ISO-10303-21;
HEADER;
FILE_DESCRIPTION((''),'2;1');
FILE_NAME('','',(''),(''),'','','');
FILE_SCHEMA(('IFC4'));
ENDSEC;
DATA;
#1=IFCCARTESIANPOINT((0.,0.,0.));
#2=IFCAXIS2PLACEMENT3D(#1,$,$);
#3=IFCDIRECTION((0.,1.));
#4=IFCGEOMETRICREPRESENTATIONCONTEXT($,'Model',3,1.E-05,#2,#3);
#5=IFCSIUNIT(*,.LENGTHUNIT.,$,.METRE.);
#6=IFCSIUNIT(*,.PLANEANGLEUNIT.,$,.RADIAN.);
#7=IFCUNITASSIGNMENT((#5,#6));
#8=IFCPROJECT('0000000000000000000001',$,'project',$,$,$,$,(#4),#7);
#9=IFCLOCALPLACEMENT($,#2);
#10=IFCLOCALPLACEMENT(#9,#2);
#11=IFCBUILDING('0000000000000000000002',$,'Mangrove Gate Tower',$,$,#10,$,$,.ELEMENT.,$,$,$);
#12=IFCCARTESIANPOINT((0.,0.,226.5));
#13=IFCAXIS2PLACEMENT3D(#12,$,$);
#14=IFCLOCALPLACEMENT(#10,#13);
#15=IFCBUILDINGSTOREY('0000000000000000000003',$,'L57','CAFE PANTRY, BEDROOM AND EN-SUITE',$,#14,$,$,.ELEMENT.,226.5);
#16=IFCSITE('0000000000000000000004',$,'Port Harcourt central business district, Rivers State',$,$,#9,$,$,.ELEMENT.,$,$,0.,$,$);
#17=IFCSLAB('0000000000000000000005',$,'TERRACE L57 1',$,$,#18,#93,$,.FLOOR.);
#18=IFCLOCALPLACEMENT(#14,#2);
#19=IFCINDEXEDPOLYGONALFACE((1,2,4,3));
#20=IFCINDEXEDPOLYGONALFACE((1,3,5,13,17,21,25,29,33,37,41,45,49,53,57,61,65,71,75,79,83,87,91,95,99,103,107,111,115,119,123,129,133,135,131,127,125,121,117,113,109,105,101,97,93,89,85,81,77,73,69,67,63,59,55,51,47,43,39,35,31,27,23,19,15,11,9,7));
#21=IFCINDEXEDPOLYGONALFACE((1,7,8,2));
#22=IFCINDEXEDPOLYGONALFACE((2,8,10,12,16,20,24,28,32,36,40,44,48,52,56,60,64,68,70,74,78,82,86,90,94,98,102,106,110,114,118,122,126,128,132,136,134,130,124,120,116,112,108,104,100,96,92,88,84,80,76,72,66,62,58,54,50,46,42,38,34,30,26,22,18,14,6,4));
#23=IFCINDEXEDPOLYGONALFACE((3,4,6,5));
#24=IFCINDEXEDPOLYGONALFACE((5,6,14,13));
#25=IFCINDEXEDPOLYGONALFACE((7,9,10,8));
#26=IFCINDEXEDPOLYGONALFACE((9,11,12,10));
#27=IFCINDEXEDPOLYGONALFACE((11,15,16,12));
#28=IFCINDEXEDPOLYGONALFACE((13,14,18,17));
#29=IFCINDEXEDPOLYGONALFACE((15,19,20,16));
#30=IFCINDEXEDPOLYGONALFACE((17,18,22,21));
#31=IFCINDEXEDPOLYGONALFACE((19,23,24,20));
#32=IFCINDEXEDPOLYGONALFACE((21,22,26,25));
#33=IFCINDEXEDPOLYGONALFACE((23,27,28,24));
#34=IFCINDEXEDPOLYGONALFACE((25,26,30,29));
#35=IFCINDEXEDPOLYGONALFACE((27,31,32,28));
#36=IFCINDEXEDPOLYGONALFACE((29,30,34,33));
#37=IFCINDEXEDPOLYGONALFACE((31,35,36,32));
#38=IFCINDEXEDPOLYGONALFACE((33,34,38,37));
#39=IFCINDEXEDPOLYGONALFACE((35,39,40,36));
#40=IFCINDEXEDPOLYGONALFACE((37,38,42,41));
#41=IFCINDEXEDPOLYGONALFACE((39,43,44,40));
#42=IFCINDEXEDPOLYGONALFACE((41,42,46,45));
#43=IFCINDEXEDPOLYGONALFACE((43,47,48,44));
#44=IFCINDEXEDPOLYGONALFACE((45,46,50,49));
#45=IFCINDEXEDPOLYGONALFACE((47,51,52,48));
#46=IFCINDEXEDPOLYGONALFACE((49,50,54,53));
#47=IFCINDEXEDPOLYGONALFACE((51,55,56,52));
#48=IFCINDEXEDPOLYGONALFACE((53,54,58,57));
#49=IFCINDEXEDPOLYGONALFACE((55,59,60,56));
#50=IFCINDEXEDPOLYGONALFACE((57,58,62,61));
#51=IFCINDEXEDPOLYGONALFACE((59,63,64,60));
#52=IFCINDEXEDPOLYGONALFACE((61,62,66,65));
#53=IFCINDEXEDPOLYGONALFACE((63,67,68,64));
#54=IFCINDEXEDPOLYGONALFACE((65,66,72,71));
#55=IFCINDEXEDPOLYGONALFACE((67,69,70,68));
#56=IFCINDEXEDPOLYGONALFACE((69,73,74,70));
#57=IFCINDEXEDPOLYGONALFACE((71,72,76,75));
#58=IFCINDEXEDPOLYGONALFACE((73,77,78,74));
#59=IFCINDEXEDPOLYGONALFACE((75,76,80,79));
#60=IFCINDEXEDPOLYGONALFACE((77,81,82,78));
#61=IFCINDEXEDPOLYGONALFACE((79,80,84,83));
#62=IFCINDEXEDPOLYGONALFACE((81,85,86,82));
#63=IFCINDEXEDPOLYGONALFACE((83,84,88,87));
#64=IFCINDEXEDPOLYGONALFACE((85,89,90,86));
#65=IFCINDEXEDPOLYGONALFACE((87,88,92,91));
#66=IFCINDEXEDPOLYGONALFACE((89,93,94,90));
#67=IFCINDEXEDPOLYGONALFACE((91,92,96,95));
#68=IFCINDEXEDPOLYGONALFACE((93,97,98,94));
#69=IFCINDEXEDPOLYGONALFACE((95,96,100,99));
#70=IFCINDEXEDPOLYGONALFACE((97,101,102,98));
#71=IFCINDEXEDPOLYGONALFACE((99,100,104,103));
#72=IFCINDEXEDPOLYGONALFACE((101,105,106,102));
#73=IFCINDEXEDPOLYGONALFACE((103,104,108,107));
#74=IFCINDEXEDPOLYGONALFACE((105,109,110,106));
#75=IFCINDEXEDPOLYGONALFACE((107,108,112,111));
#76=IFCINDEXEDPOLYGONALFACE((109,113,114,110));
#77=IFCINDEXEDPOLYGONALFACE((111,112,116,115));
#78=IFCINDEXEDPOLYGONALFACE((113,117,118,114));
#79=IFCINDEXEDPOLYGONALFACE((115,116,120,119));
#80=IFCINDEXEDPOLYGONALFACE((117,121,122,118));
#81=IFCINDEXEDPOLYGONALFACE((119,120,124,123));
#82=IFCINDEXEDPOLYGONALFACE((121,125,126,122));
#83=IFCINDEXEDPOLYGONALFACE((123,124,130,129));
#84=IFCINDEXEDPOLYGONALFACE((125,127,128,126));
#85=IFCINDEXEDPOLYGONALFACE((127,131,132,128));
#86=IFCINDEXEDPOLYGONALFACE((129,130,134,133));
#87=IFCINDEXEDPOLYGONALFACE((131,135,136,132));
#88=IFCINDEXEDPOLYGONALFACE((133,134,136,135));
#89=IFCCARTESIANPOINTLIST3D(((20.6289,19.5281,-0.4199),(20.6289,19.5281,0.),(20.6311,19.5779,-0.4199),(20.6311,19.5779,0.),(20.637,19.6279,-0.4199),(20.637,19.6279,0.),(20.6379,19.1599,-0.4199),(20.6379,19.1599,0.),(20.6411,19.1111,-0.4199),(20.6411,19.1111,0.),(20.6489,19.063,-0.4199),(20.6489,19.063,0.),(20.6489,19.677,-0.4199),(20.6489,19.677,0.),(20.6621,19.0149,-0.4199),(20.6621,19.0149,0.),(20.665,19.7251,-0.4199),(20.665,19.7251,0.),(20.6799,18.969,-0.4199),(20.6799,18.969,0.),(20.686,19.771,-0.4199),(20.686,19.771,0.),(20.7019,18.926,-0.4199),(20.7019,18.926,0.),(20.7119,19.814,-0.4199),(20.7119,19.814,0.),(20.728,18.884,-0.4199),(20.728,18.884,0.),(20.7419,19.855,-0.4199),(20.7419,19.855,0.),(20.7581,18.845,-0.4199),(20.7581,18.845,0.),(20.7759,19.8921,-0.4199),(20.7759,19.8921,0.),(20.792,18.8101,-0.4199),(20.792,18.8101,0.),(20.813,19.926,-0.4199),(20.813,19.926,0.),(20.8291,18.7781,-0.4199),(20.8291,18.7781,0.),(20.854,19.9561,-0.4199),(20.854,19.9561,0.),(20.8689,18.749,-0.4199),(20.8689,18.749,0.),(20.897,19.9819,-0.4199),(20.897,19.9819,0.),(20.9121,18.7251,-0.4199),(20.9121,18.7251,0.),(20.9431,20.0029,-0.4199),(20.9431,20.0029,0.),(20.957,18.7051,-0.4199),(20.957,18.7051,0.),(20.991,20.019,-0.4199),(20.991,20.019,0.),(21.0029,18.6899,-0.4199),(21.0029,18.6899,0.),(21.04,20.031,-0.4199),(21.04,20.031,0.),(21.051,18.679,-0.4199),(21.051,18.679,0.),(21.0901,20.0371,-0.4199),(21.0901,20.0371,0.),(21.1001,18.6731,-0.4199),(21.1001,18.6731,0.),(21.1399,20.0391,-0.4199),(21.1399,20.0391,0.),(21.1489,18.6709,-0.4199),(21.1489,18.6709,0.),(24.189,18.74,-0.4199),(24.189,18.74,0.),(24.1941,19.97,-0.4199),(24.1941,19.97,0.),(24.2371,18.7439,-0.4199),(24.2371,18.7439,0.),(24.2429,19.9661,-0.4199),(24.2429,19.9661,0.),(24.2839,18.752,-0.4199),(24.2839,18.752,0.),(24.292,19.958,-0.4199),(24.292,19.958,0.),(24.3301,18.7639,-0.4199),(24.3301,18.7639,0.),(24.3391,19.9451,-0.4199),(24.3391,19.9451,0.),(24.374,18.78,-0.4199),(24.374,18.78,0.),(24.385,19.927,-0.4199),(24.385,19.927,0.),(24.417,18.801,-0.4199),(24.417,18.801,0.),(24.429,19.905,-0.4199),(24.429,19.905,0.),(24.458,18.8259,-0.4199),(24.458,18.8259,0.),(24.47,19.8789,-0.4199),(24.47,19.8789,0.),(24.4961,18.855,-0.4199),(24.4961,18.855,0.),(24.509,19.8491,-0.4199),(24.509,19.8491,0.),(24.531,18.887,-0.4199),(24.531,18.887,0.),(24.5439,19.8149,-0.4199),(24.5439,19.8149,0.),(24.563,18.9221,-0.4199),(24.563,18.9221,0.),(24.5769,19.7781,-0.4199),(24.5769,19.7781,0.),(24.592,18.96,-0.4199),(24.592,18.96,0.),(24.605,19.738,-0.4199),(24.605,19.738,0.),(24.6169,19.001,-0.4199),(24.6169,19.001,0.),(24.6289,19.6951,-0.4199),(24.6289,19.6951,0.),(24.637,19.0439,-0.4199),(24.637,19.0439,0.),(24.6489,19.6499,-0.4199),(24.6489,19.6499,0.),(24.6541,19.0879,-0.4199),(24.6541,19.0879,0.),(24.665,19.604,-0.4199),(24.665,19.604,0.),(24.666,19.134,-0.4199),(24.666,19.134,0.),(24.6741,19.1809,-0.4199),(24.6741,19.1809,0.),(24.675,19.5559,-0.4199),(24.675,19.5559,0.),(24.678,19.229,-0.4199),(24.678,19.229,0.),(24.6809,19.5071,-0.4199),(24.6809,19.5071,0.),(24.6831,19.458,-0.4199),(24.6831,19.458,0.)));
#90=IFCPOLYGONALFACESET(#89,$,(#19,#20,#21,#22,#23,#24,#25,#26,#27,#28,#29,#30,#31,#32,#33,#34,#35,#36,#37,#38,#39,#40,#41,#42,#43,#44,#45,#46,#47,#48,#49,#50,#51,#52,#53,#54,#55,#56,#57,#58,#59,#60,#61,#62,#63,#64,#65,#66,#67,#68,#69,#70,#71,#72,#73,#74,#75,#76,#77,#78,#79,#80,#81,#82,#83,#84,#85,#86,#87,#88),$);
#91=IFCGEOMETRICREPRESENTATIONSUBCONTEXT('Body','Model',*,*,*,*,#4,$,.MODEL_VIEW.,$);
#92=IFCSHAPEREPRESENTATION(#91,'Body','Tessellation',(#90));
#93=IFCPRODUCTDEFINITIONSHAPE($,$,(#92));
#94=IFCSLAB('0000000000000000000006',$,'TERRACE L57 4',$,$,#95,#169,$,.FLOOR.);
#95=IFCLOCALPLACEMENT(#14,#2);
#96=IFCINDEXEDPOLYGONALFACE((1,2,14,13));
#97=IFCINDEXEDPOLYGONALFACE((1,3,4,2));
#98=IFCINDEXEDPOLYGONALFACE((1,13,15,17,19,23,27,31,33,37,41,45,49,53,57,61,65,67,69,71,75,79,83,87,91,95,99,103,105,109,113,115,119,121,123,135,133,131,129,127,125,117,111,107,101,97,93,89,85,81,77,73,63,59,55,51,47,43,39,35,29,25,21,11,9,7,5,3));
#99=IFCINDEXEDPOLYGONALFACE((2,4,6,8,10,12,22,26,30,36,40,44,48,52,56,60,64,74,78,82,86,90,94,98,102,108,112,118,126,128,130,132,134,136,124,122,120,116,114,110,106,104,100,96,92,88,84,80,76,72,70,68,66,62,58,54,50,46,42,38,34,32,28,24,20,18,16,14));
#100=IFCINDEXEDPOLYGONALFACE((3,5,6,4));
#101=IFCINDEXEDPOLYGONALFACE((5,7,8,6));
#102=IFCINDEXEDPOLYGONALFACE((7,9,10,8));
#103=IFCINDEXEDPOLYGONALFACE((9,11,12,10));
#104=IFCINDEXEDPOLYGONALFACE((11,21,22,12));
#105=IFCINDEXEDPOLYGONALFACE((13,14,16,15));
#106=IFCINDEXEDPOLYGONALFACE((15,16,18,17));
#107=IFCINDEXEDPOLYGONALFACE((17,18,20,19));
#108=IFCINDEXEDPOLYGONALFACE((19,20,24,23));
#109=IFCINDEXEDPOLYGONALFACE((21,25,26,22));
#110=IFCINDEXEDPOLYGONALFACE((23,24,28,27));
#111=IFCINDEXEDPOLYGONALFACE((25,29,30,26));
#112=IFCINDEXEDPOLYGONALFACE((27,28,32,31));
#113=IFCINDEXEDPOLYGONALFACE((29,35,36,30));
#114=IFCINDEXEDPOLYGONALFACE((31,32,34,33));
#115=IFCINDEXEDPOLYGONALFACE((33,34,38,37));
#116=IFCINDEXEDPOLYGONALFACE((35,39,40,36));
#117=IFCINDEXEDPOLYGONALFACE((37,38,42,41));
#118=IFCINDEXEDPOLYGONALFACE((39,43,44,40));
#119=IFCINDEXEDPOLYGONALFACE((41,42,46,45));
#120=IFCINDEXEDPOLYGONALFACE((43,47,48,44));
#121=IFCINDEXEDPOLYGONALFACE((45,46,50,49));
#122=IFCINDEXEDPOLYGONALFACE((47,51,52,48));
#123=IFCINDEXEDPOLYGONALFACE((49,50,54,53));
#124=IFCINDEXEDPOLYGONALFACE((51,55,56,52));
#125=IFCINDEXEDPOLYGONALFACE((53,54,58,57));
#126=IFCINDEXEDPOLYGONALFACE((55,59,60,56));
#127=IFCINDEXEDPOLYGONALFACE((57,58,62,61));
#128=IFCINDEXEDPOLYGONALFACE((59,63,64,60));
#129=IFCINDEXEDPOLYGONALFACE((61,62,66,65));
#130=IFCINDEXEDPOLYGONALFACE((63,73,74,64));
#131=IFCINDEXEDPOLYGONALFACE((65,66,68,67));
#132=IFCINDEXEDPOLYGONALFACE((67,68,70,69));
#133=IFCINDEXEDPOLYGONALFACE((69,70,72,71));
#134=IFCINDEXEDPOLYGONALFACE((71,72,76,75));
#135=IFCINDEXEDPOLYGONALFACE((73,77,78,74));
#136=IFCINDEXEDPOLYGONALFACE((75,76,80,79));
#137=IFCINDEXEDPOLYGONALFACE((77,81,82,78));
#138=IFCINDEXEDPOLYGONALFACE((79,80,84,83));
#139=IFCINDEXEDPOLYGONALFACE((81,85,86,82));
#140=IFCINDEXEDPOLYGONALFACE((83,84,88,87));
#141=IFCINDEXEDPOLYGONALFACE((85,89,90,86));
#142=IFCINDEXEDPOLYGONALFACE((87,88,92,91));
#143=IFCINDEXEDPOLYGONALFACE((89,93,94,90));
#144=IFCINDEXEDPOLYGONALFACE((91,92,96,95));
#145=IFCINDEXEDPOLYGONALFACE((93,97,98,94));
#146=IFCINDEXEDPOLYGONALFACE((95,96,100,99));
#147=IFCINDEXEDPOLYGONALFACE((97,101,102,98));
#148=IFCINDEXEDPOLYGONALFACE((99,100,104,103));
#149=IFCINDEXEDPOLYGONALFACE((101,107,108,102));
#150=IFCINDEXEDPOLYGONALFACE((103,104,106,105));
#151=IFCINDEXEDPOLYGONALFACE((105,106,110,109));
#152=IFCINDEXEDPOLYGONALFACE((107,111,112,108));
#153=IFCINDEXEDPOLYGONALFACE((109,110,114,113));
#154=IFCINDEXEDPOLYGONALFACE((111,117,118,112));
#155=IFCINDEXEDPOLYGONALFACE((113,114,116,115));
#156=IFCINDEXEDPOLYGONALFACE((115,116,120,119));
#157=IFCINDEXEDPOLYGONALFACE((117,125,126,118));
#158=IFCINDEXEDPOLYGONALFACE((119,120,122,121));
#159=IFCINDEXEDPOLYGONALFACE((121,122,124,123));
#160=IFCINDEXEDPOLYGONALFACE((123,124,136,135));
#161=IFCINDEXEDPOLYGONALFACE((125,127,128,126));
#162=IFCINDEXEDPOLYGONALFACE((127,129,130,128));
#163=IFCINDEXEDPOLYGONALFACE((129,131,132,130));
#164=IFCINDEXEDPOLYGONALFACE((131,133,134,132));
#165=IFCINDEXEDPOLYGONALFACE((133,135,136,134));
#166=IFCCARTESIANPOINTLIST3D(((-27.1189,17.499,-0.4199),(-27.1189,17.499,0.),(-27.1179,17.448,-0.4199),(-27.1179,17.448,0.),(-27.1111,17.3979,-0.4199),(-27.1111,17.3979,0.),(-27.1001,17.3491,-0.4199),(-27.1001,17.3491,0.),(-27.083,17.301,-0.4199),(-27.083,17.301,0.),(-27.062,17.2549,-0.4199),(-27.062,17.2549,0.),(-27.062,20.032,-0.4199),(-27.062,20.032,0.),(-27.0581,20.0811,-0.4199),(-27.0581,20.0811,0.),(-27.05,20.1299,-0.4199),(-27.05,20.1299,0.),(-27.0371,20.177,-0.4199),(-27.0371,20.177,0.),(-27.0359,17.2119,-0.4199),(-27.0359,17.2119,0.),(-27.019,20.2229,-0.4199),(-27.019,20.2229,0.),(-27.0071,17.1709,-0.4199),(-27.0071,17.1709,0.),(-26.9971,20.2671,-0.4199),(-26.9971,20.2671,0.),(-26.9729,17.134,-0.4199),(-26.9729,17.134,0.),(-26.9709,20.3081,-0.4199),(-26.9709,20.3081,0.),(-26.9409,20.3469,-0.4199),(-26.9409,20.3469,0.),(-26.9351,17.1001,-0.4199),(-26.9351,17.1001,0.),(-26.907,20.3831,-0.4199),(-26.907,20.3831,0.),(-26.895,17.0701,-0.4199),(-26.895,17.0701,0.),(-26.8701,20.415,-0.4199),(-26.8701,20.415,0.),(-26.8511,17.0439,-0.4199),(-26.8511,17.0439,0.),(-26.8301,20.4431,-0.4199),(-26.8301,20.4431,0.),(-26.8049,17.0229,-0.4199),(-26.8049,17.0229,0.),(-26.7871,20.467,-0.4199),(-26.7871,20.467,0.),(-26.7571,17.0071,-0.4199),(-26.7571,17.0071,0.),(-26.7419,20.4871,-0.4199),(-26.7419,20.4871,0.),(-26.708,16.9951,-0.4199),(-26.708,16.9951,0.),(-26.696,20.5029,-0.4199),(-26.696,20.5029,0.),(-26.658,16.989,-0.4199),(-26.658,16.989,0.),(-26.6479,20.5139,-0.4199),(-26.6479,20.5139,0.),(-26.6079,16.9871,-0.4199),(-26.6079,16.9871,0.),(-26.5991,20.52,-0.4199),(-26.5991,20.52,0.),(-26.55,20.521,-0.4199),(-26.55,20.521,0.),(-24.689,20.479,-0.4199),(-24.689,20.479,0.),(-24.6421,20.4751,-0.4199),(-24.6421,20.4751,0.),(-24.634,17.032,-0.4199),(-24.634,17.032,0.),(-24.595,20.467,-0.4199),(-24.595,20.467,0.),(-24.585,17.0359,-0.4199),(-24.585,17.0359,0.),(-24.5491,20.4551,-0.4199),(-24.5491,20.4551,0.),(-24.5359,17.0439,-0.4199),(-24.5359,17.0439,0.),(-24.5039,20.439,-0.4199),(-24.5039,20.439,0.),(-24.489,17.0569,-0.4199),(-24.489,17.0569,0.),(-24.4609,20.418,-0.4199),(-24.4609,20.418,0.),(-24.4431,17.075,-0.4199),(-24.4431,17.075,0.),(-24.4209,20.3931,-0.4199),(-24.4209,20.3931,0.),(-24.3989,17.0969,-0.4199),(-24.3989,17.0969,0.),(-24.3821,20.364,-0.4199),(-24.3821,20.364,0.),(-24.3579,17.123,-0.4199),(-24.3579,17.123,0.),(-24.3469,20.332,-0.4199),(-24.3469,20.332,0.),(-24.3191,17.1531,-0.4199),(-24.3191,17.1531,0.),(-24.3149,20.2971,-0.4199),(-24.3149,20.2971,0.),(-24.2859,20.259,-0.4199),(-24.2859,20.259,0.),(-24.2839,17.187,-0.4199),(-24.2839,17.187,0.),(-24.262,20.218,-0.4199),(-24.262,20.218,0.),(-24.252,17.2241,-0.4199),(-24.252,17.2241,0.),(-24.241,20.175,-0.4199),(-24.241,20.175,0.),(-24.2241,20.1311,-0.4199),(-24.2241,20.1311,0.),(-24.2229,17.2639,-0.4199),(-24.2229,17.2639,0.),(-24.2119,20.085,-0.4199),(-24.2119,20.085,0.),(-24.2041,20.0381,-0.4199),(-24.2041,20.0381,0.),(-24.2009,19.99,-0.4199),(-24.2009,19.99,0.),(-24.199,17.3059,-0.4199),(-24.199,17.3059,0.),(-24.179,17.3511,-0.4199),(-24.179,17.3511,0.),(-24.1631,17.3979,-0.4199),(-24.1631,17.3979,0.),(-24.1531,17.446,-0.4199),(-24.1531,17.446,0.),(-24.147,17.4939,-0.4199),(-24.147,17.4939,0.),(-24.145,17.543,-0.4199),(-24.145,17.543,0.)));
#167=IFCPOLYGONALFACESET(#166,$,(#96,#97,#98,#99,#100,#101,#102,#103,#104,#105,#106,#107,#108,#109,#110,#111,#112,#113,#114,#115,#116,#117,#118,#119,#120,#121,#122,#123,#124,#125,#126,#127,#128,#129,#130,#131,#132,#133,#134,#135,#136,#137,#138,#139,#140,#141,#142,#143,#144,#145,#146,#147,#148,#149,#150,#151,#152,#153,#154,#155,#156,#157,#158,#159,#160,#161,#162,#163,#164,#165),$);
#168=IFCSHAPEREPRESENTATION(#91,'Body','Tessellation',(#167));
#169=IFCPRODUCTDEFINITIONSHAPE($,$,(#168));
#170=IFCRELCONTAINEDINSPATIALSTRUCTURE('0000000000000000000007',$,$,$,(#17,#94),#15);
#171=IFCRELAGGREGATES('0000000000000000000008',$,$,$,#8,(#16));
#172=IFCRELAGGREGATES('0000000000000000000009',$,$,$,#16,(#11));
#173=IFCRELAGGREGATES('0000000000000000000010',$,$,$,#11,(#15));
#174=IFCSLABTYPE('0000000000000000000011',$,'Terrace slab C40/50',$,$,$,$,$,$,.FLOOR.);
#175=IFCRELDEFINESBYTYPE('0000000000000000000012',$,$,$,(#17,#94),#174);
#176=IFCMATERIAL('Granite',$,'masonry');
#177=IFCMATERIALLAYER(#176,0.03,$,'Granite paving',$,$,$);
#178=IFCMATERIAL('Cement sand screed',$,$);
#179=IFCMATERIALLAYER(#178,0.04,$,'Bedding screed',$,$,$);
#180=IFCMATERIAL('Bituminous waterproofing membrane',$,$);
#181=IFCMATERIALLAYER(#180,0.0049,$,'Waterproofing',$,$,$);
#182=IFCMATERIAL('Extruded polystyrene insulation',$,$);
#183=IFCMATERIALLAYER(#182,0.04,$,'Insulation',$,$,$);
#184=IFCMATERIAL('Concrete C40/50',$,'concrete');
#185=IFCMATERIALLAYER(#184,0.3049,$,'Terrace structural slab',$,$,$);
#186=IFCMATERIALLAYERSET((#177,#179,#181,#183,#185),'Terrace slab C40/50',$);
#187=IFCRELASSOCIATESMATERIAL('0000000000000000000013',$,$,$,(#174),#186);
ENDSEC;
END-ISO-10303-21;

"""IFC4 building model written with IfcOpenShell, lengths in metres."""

from ifc_helpers import new_model, si_unit, direction, frame, origin, place, context, subcontext, project, spatial, polyline, outline, extrude, material, layer, layer_set, type_object, element, save


model = new_model("IFC4")

# Units and contexts
model_context = context("Model", 3, precision=1e-05, world=origin(), true_north=direction((0.0, 1.0)))
body_context = subcontext(model_context, "Body", "Model", "MODEL_VIEW")
ifc_project = project(units=[si_unit("LENGTHUNIT", "METRE"), si_unit("PLANEANGLEUNIT", "RADIAN")], contexts=[model_context])

# Site, building, storey
site_placement = place(None, origin())
site = spatial("IfcSite", under=ifc_project, at=site_placement, Name="Port Harcourt central business district, Rivers State", CompositionType="ELEMENT", RefElevation=0.0)
building_placement = place(site_placement, origin())
building = spatial("IfcBuilding", under=site, at=building_placement, Name="Mangrove Gate Tower", CompositionType="ELEMENT")
storey_placement = place(building_placement, frame((0.0, 0.0, 226.5)))
storey = spatial("IfcBuildingStorey", under=building, at=storey_placement, Name="L57", Description="CAFE PANTRY, BEDROOM AND EN-SUITE", CompositionType="ELEMENT", Elevation=226.5)

# Shared definitions
ifc_material_1 = material(Name="Cement sand screed")
ifc_material_2 = material(Name="Bituminous waterproofing membrane")
ifc_material_3 = material(Name="Concrete C40/50", Category="concrete")

# Slabs
ifc_material_4 = material(Name="Granite", Category="masonry")
ifc_layer_1 = layer(ifc_material_4, 0.03, Name="Granite paving")
ifc_layer_2 = layer(ifc_material_1, 0.04, Name="Bedding screed")
ifc_layer_3 = layer(ifc_material_2, 0.0049, Name="Waterproofing")
ifc_material_5 = material(Name="Extruded polystyrene insulation")
ifc_layer_4 = layer(ifc_material_5, 0.04, Name="Insulation")
ifc_layer_5 = layer(ifc_material_3, 0.3049, Name="Terrace structural slab")
ifc_layer_set_1 = layer_set([ifc_layer_1, ifc_layer_2, ifc_layer_3, ifc_layer_4, ifc_layer_5], Name="Terrace slab C40/50")
slab_type_1 = type_object("IfcSlabType", Name="Terrace slab C40/50", PredefinedType="FLOOR", material=ifc_layer_set_1)
slab_1_placement = place(storey_placement, frame((0.0, 0.0, -0.4199)))
element("IfcSlab", 1, at=slab_1_placement, inside=storey, type_object=slab_type_1, Name="TERRACE L57 1", PredefinedType="FLOOR", context=body_context, shape_type="SweptSolid", body=[
    extrude(outline(polyline([(24.1941, 19.97), (21.1399, 20.0391), (21.0901, 20.0371), (21.04, 20.031), (20.991, 20.019), (20.9431, 20.0029), (20.897, 19.9819), (20.854, 19.9561), (20.813, 19.926), (20.7759, 19.8921), (20.7419, 19.855), (20.7119, 19.814), (20.686, 19.771), (20.665, 19.7251), (20.6489, 19.677), (20.637, 19.6279), (20.6311, 19.5779), (20.6289, 19.5281), (20.6379, 19.1599), (20.6411, 19.1111), (20.6489, 19.063), (20.6621, 19.0149), (20.6799, 18.969), (20.7019, 18.926), (20.728, 18.884), (20.7581, 18.845), (20.792, 18.8101), (20.8291, 18.7781), (20.8689, 18.749), (20.9121, 18.7251), (20.957, 18.7051), (21.0029, 18.6899), (21.051, 18.679), (21.1001, 18.6731), (21.1489, 18.6709), (24.189, 18.74), (24.2371, 18.7439), (24.2839, 18.752), (24.3301, 18.7639), (24.374, 18.78), (24.417, 18.801), (24.458, 18.8259), (24.4961, 18.855), (24.531, 18.887), (24.563, 18.9221), (24.592, 18.96), (24.6169, 19.001), (24.637, 19.0439), (24.6541, 19.0879), (24.666, 19.134), (24.6741, 19.1809), (24.678, 19.229), (24.6831, 19.458), (24.6809, 19.5071), (24.675, 19.5559), (24.665, 19.604), (24.6489, 19.6499), (24.6289, 19.6951), (24.605, 19.738), (24.5769, 19.7781), (24.5439, 19.8149), (24.509, 19.8491), (24.47, 19.8789), (24.429, 19.905), (24.385, 19.927), (24.3391, 19.9451), (24.292, 19.958), (24.2429, 19.9661), (24.1941, 19.97)])), origin(), (0.0, 0.0, 1.0), 0.4199),
])
slab_2_placement = place(storey_placement, frame((0.0, 0.0, -0.4199)))
element("IfcSlab", 2, at=slab_2_placement, inside=storey, type_object=slab_type_1, Name="TERRACE L57 4", PredefinedType="FLOOR", context=body_context, shape_type="SweptSolid", body=[
    extrude(outline(polyline([(-27.062, 20.032), (-27.1189, 17.499), (-27.1179, 17.448), (-27.1111, 17.3979), (-27.1001, 17.3491), (-27.083, 17.301), (-27.062, 17.2549), (-27.0359, 17.2119), (-27.0071, 17.1709), (-26.9729, 17.134), (-26.9351, 17.1001), (-26.895, 17.0701), (-26.8511, 17.0439), (-26.8049, 17.0229), (-26.7571, 17.0071), (-26.708, 16.9951), (-26.658, 16.989), (-26.6079, 16.9871), (-24.634, 17.032), (-24.585, 17.0359), (-24.5359, 17.0439), (-24.489, 17.0569), (-24.4431, 17.075), (-24.3989, 17.0969), (-24.3579, 17.123), (-24.3191, 17.1531), (-24.2839, 17.187), (-24.252, 17.2241), (-24.2229, 17.2639), (-24.199, 17.3059), (-24.179, 17.3511), (-24.1631, 17.3979), (-24.1531, 17.446), (-24.147, 17.4939), (-24.145, 17.543), (-24.2009, 19.99), (-24.2041, 20.0381), (-24.2119, 20.085), (-24.2241, 20.1311), (-24.241, 20.175), (-24.262, 20.218), (-24.2859, 20.259), (-24.3149, 20.2971), (-24.3469, 20.332), (-24.3821, 20.364), (-24.4209, 20.3931), (-24.4609, 20.418), (-24.5039, 20.439), (-24.5491, 20.4551), (-24.595, 20.467), (-24.6421, 20.4751), (-24.689, 20.479), (-26.55, 20.521), (-26.5991, 20.52), (-26.6479, 20.5139), (-26.696, 20.5029), (-26.7419, 20.4871), (-26.7871, 20.467), (-26.8301, 20.4431), (-26.8701, 20.415), (-26.907, 20.3831), (-26.9409, 20.3469), (-26.9709, 20.3081), (-26.9971, 20.2671), (-27.019, 20.2229), (-27.0371, 20.177), (-27.05, 20.1299), (-27.0581, 20.0811), (-27.062, 20.032)])), origin(), (0.0, 0.0, 1.0), 0.4199),
])

save(model, "model.ifc")
